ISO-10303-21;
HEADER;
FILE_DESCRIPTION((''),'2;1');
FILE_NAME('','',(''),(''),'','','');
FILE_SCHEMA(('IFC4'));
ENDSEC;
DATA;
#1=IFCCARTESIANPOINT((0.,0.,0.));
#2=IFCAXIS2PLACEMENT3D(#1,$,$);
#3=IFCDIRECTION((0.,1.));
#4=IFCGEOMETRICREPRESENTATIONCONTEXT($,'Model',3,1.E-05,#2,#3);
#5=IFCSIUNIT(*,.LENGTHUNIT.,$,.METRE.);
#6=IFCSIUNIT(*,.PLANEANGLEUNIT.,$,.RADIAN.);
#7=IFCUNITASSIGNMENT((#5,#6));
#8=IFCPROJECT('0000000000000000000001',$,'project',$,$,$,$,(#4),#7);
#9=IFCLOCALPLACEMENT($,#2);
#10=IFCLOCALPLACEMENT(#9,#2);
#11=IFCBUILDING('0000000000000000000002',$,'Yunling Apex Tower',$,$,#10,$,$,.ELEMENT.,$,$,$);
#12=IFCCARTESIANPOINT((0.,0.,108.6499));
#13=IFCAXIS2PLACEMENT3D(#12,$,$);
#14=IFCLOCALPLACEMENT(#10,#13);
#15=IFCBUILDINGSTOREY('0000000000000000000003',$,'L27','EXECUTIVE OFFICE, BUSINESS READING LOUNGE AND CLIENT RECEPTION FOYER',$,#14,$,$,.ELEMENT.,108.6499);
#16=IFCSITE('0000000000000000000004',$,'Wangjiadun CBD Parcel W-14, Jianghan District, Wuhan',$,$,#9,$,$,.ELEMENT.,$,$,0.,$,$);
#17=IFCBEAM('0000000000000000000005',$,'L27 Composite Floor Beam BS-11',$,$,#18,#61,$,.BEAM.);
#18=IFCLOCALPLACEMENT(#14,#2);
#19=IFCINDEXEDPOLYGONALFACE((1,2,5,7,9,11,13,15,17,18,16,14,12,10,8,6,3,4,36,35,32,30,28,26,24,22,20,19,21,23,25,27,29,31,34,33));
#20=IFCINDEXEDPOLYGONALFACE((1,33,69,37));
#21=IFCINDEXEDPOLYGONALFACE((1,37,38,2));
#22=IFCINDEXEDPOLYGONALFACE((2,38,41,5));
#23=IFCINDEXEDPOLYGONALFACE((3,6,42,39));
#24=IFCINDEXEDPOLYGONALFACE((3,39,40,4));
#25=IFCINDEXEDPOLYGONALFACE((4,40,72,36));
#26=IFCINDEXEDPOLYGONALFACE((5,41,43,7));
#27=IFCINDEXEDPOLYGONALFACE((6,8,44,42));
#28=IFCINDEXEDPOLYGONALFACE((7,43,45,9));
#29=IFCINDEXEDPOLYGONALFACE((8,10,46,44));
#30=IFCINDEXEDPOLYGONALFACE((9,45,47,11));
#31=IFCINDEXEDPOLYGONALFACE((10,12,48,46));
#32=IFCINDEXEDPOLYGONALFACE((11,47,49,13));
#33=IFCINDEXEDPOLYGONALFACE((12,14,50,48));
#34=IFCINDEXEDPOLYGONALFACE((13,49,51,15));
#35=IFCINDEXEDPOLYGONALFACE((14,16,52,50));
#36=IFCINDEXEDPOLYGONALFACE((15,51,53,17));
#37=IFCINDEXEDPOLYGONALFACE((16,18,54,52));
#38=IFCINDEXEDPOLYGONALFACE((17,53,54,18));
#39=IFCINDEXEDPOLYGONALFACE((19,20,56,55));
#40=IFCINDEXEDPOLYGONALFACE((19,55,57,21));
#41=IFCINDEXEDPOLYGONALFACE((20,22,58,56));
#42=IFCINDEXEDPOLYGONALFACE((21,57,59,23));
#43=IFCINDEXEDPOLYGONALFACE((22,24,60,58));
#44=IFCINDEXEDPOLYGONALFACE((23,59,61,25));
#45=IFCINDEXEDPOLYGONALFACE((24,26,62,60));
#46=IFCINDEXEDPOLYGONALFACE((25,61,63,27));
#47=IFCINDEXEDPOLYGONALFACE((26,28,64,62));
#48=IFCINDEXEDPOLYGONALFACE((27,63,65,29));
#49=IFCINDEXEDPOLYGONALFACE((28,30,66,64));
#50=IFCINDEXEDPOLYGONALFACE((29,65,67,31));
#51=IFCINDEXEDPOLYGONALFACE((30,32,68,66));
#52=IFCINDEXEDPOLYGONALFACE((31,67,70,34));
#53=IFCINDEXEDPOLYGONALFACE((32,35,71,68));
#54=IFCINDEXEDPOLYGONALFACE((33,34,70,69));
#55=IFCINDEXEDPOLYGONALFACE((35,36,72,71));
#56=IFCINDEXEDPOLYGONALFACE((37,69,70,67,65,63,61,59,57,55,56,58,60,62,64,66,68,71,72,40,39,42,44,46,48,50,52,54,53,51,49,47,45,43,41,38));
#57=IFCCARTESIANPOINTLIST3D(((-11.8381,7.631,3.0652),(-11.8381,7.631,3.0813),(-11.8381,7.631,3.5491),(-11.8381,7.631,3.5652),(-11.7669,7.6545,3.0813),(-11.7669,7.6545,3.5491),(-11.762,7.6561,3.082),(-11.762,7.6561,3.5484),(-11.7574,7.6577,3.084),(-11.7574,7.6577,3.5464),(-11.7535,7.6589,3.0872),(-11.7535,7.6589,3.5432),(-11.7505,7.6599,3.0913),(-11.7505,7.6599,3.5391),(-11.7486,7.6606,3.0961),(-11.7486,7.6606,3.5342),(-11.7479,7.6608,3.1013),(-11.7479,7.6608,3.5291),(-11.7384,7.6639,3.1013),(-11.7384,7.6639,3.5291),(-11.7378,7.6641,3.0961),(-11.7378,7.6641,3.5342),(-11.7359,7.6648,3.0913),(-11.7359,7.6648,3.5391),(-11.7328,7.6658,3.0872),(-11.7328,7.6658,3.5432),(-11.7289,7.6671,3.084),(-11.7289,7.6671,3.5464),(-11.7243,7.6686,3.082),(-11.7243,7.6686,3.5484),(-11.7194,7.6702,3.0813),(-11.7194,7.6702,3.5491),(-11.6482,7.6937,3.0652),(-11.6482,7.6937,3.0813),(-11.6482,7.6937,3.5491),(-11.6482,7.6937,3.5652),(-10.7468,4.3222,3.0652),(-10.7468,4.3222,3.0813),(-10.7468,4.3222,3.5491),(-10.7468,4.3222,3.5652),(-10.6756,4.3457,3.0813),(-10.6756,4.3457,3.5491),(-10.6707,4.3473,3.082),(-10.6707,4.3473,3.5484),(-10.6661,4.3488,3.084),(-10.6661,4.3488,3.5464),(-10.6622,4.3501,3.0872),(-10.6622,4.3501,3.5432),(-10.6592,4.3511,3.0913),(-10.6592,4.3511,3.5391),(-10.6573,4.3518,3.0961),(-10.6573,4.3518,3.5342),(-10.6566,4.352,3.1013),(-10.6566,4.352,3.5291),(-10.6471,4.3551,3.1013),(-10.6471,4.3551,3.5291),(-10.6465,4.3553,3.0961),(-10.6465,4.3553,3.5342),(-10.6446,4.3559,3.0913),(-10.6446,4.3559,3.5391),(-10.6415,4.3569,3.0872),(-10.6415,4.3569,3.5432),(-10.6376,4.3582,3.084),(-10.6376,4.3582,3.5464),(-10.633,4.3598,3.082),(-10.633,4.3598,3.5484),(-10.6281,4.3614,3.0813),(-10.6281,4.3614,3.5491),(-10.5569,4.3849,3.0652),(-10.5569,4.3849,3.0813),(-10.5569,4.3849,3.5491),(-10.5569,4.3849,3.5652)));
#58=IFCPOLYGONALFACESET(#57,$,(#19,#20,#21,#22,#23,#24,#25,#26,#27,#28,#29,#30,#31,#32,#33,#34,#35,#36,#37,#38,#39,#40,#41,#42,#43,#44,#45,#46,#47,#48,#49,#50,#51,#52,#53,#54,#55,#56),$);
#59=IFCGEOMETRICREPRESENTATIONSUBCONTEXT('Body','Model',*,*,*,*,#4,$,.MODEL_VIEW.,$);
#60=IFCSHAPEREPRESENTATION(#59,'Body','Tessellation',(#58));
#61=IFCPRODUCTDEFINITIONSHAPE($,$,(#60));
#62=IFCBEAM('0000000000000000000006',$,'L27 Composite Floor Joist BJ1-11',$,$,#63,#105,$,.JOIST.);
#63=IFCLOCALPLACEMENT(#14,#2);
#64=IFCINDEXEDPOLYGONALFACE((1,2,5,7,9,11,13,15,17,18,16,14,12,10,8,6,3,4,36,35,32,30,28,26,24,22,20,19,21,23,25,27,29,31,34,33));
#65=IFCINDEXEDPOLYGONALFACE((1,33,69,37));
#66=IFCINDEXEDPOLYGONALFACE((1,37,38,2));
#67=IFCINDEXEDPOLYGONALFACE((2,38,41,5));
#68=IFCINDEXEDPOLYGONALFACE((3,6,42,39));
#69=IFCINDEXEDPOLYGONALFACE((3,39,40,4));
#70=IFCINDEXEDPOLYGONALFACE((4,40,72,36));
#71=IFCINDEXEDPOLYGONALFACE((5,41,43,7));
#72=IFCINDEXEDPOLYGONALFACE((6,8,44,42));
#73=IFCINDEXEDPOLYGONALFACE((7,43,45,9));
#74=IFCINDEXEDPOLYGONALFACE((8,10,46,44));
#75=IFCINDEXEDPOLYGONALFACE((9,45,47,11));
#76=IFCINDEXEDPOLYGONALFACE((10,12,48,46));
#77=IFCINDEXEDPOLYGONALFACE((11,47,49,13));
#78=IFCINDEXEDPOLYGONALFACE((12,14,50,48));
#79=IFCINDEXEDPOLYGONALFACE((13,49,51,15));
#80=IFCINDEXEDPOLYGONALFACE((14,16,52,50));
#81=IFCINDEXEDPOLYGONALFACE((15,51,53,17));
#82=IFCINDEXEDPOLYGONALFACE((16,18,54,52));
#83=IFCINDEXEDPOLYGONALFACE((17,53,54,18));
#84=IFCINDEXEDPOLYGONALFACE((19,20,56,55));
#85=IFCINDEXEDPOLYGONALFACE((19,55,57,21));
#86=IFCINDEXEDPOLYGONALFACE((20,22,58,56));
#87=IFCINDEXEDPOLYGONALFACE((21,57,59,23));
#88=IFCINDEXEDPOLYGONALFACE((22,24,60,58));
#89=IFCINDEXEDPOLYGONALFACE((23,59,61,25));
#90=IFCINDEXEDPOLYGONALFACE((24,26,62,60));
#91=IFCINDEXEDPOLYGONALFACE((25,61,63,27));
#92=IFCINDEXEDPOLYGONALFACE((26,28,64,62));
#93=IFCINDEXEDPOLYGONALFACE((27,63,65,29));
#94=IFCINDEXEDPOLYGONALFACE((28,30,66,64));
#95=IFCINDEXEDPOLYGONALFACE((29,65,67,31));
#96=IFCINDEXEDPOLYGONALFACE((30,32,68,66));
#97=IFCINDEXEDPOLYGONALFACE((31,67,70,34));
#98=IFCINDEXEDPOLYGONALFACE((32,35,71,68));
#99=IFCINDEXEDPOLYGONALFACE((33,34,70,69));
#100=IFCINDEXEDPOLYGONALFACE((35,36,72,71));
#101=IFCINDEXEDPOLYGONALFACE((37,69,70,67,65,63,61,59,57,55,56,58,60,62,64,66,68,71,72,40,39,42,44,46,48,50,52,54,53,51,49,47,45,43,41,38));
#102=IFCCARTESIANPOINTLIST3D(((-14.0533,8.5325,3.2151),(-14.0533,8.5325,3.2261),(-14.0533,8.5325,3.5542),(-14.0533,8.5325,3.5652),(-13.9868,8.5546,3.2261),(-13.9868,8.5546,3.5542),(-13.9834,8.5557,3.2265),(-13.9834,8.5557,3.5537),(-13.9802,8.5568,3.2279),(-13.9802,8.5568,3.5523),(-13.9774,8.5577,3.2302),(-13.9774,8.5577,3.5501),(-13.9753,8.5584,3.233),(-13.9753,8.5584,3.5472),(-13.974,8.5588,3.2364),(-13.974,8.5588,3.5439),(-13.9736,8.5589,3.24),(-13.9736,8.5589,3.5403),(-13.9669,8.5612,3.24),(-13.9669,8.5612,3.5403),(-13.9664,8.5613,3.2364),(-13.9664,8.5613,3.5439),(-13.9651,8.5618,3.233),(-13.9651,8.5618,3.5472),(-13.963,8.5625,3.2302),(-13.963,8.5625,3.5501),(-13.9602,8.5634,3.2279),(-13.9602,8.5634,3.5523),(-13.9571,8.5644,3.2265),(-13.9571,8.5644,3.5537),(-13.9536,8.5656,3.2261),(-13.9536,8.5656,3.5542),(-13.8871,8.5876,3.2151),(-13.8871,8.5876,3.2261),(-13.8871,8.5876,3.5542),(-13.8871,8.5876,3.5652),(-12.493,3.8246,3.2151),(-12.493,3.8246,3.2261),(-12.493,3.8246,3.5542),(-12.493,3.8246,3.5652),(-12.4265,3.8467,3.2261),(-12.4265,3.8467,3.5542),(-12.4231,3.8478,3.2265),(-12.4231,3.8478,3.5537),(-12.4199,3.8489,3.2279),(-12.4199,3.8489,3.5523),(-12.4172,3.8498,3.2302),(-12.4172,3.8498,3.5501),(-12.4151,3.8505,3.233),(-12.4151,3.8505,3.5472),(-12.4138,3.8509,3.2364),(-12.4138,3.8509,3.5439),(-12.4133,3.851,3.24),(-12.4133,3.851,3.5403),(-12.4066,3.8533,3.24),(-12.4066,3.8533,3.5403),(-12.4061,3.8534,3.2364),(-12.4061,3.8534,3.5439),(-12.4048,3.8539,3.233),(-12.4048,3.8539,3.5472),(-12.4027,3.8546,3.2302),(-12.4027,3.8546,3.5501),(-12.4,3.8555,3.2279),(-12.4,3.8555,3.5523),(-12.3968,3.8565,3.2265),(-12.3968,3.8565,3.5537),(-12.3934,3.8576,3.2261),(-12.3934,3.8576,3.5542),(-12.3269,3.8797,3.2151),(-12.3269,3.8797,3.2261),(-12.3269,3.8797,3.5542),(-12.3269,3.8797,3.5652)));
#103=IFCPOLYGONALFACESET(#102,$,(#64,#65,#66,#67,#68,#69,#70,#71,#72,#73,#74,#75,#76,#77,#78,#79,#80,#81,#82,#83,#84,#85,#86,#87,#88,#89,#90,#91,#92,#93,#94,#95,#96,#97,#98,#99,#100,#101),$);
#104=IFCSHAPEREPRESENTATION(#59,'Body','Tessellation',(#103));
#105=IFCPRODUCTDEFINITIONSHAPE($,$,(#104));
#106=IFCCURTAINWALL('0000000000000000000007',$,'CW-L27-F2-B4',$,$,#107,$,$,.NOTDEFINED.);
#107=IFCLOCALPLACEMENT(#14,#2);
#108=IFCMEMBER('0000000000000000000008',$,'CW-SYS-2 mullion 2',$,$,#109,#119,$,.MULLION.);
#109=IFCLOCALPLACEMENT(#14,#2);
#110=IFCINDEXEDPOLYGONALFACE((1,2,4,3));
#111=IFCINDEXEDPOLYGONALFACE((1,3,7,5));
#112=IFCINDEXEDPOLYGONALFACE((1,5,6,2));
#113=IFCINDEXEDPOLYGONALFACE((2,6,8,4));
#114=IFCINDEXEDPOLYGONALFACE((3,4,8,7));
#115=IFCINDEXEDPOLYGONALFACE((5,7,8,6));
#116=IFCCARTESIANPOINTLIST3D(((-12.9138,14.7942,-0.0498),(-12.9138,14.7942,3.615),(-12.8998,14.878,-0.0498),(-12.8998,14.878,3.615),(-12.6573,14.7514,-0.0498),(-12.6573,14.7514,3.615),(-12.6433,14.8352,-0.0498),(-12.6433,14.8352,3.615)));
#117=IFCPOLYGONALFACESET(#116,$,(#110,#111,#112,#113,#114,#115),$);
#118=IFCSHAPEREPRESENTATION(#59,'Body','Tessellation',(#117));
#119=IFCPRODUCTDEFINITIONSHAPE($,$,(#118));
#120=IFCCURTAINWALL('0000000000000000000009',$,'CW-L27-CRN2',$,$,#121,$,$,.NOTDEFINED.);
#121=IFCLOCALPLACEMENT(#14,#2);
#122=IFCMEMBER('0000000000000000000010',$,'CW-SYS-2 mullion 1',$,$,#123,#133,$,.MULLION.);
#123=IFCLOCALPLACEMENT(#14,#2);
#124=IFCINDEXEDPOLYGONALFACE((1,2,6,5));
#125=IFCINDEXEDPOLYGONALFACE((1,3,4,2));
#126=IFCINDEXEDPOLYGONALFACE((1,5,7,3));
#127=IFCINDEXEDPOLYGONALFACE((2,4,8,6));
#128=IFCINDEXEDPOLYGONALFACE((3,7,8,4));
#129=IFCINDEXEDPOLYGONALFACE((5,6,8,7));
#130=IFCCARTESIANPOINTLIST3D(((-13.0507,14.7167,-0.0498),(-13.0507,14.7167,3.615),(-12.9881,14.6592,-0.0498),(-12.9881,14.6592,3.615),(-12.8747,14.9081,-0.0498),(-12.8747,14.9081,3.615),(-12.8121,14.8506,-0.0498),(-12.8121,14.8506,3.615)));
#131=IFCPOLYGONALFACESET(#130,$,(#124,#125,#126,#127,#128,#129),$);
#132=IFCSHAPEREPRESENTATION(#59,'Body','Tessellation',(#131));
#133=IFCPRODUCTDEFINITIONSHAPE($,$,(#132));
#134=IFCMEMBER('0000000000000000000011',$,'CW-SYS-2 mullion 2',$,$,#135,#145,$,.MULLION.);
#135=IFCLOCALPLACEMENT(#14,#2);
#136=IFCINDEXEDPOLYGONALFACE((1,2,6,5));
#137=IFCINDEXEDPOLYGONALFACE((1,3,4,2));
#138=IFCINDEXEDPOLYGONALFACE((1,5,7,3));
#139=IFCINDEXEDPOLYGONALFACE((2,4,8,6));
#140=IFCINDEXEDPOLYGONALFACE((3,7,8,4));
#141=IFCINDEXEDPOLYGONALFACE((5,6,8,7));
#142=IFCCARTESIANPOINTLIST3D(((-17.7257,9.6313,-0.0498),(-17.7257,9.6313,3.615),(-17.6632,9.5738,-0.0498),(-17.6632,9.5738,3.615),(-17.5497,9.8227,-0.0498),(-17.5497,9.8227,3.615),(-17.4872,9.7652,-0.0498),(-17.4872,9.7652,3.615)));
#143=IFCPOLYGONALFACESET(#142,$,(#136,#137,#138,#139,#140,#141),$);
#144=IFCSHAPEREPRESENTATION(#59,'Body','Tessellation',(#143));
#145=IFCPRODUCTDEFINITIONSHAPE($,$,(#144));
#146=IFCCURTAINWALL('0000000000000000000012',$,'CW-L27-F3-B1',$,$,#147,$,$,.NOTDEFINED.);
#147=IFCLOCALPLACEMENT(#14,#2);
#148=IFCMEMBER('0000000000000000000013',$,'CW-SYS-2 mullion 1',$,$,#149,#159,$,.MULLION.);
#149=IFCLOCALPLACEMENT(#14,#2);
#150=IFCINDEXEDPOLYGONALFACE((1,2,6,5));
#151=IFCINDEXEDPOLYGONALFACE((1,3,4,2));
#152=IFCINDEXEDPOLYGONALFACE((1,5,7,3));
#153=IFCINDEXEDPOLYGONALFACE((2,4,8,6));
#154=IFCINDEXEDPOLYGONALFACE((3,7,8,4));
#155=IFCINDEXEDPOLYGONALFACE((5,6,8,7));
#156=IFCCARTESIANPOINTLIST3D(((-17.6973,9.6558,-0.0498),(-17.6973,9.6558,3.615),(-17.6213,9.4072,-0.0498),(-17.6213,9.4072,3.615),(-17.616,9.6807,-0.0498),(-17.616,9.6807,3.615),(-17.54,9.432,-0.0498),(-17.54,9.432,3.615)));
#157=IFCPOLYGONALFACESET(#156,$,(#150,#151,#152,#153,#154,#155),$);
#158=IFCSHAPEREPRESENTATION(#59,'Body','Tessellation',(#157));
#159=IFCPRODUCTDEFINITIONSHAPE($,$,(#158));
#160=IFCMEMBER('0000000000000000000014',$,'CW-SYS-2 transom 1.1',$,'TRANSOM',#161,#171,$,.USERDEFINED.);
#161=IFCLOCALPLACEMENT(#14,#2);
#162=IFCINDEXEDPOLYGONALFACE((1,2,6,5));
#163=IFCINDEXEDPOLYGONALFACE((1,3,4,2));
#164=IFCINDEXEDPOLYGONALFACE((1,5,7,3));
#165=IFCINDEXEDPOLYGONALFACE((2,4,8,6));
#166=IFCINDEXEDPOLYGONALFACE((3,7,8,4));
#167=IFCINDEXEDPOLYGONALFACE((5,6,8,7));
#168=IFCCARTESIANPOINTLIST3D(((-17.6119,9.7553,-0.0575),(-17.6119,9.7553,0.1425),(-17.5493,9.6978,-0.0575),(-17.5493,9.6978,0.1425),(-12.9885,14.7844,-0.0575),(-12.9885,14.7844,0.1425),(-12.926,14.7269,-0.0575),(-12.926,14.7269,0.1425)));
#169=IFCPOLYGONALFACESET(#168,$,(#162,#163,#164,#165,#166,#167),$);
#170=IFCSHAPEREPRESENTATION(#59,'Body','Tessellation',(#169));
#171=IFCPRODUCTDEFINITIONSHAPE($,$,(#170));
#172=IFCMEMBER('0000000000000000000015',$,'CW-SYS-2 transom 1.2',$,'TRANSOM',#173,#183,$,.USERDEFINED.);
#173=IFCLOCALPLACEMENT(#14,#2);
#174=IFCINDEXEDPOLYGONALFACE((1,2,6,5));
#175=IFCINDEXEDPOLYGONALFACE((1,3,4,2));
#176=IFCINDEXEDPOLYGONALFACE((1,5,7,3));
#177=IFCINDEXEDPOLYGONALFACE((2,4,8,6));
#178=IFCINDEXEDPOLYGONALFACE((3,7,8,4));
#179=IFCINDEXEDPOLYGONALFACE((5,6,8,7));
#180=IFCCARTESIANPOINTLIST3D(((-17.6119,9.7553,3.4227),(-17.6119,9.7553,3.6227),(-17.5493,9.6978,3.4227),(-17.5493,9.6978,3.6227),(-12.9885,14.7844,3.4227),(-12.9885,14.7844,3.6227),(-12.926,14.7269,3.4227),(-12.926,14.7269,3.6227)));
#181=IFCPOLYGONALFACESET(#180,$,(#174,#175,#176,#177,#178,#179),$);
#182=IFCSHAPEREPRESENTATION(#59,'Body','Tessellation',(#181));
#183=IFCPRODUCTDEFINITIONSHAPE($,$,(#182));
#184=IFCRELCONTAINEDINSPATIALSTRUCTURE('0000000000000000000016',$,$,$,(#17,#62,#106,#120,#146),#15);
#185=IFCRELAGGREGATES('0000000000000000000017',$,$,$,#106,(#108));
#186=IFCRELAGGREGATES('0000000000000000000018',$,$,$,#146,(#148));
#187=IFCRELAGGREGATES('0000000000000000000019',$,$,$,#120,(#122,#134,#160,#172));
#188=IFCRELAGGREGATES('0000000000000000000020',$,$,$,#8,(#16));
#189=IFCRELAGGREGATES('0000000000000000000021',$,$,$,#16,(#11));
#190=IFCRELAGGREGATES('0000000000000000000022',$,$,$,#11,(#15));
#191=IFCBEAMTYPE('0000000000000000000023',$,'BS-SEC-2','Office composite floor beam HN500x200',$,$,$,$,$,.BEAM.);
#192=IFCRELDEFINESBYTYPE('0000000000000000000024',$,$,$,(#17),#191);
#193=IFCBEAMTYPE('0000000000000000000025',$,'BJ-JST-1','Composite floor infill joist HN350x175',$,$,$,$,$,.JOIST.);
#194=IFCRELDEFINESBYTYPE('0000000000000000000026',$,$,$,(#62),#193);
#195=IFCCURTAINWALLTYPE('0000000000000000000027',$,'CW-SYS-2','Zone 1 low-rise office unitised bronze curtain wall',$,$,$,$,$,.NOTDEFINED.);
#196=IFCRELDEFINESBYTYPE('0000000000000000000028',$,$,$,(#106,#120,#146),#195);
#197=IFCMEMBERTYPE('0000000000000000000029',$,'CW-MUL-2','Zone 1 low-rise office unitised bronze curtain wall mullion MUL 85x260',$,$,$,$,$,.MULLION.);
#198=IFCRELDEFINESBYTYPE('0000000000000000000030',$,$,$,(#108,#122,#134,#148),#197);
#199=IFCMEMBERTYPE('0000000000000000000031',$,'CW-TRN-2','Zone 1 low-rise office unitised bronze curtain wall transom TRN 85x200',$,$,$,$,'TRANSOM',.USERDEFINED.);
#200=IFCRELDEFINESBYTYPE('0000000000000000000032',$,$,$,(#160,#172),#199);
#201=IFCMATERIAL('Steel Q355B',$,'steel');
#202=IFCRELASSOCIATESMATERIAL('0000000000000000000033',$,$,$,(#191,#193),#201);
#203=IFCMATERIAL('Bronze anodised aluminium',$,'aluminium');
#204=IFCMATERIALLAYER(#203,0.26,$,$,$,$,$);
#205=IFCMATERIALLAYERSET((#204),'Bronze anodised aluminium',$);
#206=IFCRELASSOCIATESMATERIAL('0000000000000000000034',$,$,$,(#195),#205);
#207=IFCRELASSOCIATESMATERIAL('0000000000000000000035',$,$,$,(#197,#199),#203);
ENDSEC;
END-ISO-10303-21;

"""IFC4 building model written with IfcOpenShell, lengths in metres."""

from ifc_helpers import new_model, si_unit, direction, frame, origin, origin_2d, place, context, subcontext, project, spatial, rectangle, i_section, extrude, source, transform, mapped, material, layer, layer_set, material_profile, profile_set, type_object, element, aggregate, save


model = new_model("IFC4")

# Units and contexts
model_context = context("Model", 3, precision=1e-05, world=origin(), true_north=direction((0.0, 1.0)))
body_context = subcontext(model_context, "Body", "Model", "MODEL_VIEW")
ifc_project = project(units=[si_unit("LENGTHUNIT", "METRE"), si_unit("PLANEANGLEUNIT", "RADIAN")], contexts=[model_context])

# Site, building, storey
site_placement = place(None, origin())
site = spatial("IfcSite", under=ifc_project, at=site_placement, Name="Wangjiadun CBD Parcel W-14, Jianghan District, Wuhan", CompositionType="ELEMENT", RefElevation=0.0)
building_placement = place(site_placement, origin())
building = spatial("IfcBuilding", under=site, at=building_placement, Name="Yunling Apex Tower", CompositionType="ELEMENT")
storey_placement = place(building_placement, frame((0.0, 0.0, 108.6499)))
storey = spatial("IfcBuildingStorey", under=building, at=storey_placement, Name="L27", Description="EXECUTIVE OFFICE, BUSINESS READING LOUNGE AND CLIENT RECEPTION FOYER", CompositionType="ELEMENT", Elevation=108.6499)

# Beams
ifc_material_1 = material(Name="Steel Q355B", Category="steel")
ifc_material_profile_1 = material_profile(ifc_material_1, i_section(OverallWidth=0.2, OverallDepth=0.5, WebThickness=0.01, FlangeThickness=0.0161, FilletRadius=0.02, at=origin_2d()))
ifc_profile_set_1 = profile_set([ifc_material_profile_1], Name="Steel Q355B")
beam_type_1 = type_object("IfcBeamType", Name="BS-SEC-2", Description="Office composite floor beam HN500x200", PredefinedType="BEAM", material=ifc_profile_set_1)
shared_shape_1 = source(origin(), body_context, "Body", "SweptSolid", [
    extrude(i_section(OverallWidth=0.2, OverallDepth=0.5, WebThickness=0.01, FlangeThickness=0.0161, FilletRadius=0.02, at=origin_2d()), origin(), (0.0, 0.0, 1.0), 3.4841),
])
beam_1_placement = place(storey_placement, frame((-11.7432, 7.6624, 3.3152), z_axis=(0.31322, -0.949681, 0.0), x_axis=(0.949681, 0.31322, 0.0)))
element("IfcBeam", 1, at=beam_1_placement, inside=storey, type_object=beam_type_1, Name="L27 Composite Floor Beam BS-11", PredefinedType="BEAM", context=body_context, shape_type="MappedRepresentation", body=[
    mapped(shared_shape_1, transform((0.0, 0.0, 0.0), scale=1.0)),
])
ifc_material_profile_2 = material_profile(ifc_material_1, i_section(OverallWidth=0.175, OverallDepth=0.3501, WebThickness=0.0071, FlangeThickness=0.011, FilletRadius=0.0139, at=origin_2d()))
ifc_profile_set_2 = profile_set([ifc_material_profile_2], Name="Steel Q355B")
beam_type_2 = type_object("IfcBeamType", Name="BJ-JST-1", Description="Composite floor infill joist HN350x175", PredefinedType="JOIST", material=ifc_profile_set_2)
shared_shape_2 = source(origin(), body_context, "Body", "SweptSolid", [
    extrude(i_section(OverallWidth=0.175, OverallDepth=0.3501, WebThickness=0.0071, FlangeThickness=0.011, FilletRadius=0.0139, at=origin_2d()), origin(), (0.0, 0.0, 1.0), 4.9597),
])
beam_2_placement = place(storey_placement, frame((-13.9702, 8.5601, 3.3901), z_axis=(0.314588, -0.949228, 0.0), x_axis=(0.949228, 0.314588, 0.0)))
element("IfcBeam", 2, at=beam_2_placement, inside=storey, type_object=beam_type_2, Name="L27 Composite Floor Joist BJ1-11", PredefinedType="JOIST", context=body_context, shape_type="MappedRepresentation", body=[
    mapped(shared_shape_2, transform((0.0, 0.0, 0.0), scale=1.0)),
])

# Curtain wall, member
ifc_material_2 = material(Name="Bronze anodised aluminium", Category="aluminium")
ifc_layer_1 = layer(ifc_material_2, 0.26)
ifc_layer_set_1 = layer_set([ifc_layer_1], Name="Bronze anodised aluminium")
curtain_wall_type = type_object("IfcCurtainWallType", Name="CW-SYS-2", Description="Zone 1 low-rise office unitised bronze curtain wall", PredefinedType="NOTDEFINED", material=ifc_layer_set_1)
curtain_wall_1_placement = place(storey_placement, origin())
curtain_wall_1 = element("IfcCurtainWall", 3, at=curtain_wall_1_placement, inside=storey, type_object=curtain_wall_type, Name="CW-L27-F2-B4", PredefinedType="NOTDEFINED")
ifc_material_profile_3 = material_profile(ifc_material_2, rectangle(XDim=0.085, YDim=0.26, at=origin_2d()))
ifc_profile_set_3 = profile_set([ifc_material_profile_3], Name="Bronze anodised aluminium")
member_type_1 = type_object("IfcMemberType", Name="CW-MUL-2", Description="Zone 1 low-rise office unitised bronze curtain wall mullion MUL 85x260", PredefinedType="MULLION", material=ifc_profile_set_3)
shared_shape_3 = source(origin(), body_context, "Body", "SweptSolid", [
    extrude(rectangle(XDim=0.085, YDim=0.26, at=origin_2d()), origin(), (0.0, 0.0, 1.0), 3.6648),
])
member_1_placement = place(storey_placement, frame((-12.7786, 14.8147, -0.0498), z_axis=(0.0, 0.0, 1.0), x_axis=(-0.16436, -0.9864, 0.0)))
member_1 = element("IfcMember", 4, at=member_1_placement, type_object=member_type_1, Name="CW-SYS-2 mullion 2", PredefinedType="MULLION", context=body_context, shape_type="MappedRepresentation", body=[
    mapped(shared_shape_3, transform((0.0, 0.0, 0.0), scale=1.0)),
])
aggregate(curtain_wall_1, [member_1])

# Curtain wall, members
curtain_wall_2_placement = place(storey_placement, origin())
curtain_wall_2 = element("IfcCurtainWall", 5, at=curtain_wall_2_placement, inside=storey, type_object=curtain_wall_type, Name="CW-L27-CRN2", PredefinedType="NOTDEFINED")
member_2_placement = place(storey_placement, frame((-12.9314, 14.7837, -0.0498), z_axis=(0.0, 0.0, 1.0), x_axis=(0.736185, -0.676781, 0.0)))
member_2 = element("IfcMember", 6, at=member_2_placement, type_object=member_type_1, Name="CW-SYS-2 mullion 1", PredefinedType="MULLION", context=body_context, shape_type="MappedRepresentation", body=[
    mapped(shared_shape_3, transform((0.0, 0.0, 0.0), scale=1.0)),
])
member_3_placement = place(storey_placement, frame((-17.6064, 9.6982, -0.0498), z_axis=(0.0, 0.0, 1.0), x_axis=(0.736185, -0.676781, 0.0)))
member_3 = element("IfcMember", 7, at=member_3_placement, type_object=member_type_1, Name="CW-SYS-2 mullion 2", PredefinedType="MULLION", context=body_context, shape_type="MappedRepresentation", body=[
    mapped(shared_shape_3, transform((0.0, 0.0, 0.0), scale=1.0)),
])

# Curtain wall, member
curtain_wall_3_placement = place(storey_placement, origin())
curtain_wall_3 = element("IfcCurtainWall", 8, at=curtain_wall_3_placement, inside=storey, type_object=curtain_wall_type, Name="CW-L27-F3-B1", PredefinedType="NOTDEFINED")
member_4_placement = place(storey_placement, frame((-17.6187, 9.5439, -0.0498), z_axis=(0.0, 0.0, 1.0), x_axis=(0.956304, 0.292373, 0.0)))
member_4 = element("IfcMember", 9, at=member_4_placement, type_object=member_type_1, Name="CW-SYS-2 mullion 1", PredefinedType="MULLION", context=body_context, shape_type="MappedRepresentation", body=[
    mapped(shared_shape_3, transform((0.0, 0.0, 0.0), scale=1.0)),
])

# Members
ifc_material_profile_4 = material_profile(ifc_material_2, rectangle(XDim=0.085, YDim=0.2, at=origin_2d()))
ifc_profile_set_4 = profile_set([ifc_material_profile_4], Name="Bronze anodised aluminium")
member_type_2 = type_object("IfcMemberType", Name="CW-TRN-2", Description="Zone 1 low-rise office unitised bronze curtain wall transom TRN 85x200", ElementType="TRANSOM", PredefinedType="USERDEFINED", material=ifc_profile_set_4)
shared_shape_4 = source(origin(), body_context, "Body", "SweptSolid", [
    extrude(rectangle(XDim=0.085, YDim=0.2, at=origin_2d()), origin(), (0.0, 0.0, 1.0), 6.8313),
])
member_5_placement = place(storey_placement, frame((-12.9573, 14.7556, 0.0425), z_axis=(-0.676784, -0.736182, 0.0), x_axis=(0.736182, -0.676784, 0.0)))
member_5 = element("IfcMember", 10, at=member_5_placement, type_object=member_type_2, Name="CW-SYS-2 transom 1.1", ObjectType="TRANSOM", PredefinedType="USERDEFINED", context=body_context, shape_type="MappedRepresentation", body=[
    mapped(shared_shape_4, transform((0.0, 0.0, 0.0), scale=1.0)),
])
member_6_placement = place(storey_placement, frame((-12.9573, 14.7556, 3.5227), z_axis=(-0.676784, -0.736182, 0.0), x_axis=(0.736182, -0.676784, 0.0)))
member_6 = element("IfcMember", 11, at=member_6_placement, type_object=member_type_2, Name="CW-SYS-2 transom 1.2", ObjectType="TRANSOM", PredefinedType="USERDEFINED", context=body_context, shape_type="MappedRepresentation", body=[
    mapped(shared_shape_4, transform((0.0, 0.0, 0.0), scale=1.0)),
])
aggregate(curtain_wall_3, [member_4])

aggregate(curtain_wall_2, [member_2, member_3, member_5, member_6])

save(model, "model.ifc")
